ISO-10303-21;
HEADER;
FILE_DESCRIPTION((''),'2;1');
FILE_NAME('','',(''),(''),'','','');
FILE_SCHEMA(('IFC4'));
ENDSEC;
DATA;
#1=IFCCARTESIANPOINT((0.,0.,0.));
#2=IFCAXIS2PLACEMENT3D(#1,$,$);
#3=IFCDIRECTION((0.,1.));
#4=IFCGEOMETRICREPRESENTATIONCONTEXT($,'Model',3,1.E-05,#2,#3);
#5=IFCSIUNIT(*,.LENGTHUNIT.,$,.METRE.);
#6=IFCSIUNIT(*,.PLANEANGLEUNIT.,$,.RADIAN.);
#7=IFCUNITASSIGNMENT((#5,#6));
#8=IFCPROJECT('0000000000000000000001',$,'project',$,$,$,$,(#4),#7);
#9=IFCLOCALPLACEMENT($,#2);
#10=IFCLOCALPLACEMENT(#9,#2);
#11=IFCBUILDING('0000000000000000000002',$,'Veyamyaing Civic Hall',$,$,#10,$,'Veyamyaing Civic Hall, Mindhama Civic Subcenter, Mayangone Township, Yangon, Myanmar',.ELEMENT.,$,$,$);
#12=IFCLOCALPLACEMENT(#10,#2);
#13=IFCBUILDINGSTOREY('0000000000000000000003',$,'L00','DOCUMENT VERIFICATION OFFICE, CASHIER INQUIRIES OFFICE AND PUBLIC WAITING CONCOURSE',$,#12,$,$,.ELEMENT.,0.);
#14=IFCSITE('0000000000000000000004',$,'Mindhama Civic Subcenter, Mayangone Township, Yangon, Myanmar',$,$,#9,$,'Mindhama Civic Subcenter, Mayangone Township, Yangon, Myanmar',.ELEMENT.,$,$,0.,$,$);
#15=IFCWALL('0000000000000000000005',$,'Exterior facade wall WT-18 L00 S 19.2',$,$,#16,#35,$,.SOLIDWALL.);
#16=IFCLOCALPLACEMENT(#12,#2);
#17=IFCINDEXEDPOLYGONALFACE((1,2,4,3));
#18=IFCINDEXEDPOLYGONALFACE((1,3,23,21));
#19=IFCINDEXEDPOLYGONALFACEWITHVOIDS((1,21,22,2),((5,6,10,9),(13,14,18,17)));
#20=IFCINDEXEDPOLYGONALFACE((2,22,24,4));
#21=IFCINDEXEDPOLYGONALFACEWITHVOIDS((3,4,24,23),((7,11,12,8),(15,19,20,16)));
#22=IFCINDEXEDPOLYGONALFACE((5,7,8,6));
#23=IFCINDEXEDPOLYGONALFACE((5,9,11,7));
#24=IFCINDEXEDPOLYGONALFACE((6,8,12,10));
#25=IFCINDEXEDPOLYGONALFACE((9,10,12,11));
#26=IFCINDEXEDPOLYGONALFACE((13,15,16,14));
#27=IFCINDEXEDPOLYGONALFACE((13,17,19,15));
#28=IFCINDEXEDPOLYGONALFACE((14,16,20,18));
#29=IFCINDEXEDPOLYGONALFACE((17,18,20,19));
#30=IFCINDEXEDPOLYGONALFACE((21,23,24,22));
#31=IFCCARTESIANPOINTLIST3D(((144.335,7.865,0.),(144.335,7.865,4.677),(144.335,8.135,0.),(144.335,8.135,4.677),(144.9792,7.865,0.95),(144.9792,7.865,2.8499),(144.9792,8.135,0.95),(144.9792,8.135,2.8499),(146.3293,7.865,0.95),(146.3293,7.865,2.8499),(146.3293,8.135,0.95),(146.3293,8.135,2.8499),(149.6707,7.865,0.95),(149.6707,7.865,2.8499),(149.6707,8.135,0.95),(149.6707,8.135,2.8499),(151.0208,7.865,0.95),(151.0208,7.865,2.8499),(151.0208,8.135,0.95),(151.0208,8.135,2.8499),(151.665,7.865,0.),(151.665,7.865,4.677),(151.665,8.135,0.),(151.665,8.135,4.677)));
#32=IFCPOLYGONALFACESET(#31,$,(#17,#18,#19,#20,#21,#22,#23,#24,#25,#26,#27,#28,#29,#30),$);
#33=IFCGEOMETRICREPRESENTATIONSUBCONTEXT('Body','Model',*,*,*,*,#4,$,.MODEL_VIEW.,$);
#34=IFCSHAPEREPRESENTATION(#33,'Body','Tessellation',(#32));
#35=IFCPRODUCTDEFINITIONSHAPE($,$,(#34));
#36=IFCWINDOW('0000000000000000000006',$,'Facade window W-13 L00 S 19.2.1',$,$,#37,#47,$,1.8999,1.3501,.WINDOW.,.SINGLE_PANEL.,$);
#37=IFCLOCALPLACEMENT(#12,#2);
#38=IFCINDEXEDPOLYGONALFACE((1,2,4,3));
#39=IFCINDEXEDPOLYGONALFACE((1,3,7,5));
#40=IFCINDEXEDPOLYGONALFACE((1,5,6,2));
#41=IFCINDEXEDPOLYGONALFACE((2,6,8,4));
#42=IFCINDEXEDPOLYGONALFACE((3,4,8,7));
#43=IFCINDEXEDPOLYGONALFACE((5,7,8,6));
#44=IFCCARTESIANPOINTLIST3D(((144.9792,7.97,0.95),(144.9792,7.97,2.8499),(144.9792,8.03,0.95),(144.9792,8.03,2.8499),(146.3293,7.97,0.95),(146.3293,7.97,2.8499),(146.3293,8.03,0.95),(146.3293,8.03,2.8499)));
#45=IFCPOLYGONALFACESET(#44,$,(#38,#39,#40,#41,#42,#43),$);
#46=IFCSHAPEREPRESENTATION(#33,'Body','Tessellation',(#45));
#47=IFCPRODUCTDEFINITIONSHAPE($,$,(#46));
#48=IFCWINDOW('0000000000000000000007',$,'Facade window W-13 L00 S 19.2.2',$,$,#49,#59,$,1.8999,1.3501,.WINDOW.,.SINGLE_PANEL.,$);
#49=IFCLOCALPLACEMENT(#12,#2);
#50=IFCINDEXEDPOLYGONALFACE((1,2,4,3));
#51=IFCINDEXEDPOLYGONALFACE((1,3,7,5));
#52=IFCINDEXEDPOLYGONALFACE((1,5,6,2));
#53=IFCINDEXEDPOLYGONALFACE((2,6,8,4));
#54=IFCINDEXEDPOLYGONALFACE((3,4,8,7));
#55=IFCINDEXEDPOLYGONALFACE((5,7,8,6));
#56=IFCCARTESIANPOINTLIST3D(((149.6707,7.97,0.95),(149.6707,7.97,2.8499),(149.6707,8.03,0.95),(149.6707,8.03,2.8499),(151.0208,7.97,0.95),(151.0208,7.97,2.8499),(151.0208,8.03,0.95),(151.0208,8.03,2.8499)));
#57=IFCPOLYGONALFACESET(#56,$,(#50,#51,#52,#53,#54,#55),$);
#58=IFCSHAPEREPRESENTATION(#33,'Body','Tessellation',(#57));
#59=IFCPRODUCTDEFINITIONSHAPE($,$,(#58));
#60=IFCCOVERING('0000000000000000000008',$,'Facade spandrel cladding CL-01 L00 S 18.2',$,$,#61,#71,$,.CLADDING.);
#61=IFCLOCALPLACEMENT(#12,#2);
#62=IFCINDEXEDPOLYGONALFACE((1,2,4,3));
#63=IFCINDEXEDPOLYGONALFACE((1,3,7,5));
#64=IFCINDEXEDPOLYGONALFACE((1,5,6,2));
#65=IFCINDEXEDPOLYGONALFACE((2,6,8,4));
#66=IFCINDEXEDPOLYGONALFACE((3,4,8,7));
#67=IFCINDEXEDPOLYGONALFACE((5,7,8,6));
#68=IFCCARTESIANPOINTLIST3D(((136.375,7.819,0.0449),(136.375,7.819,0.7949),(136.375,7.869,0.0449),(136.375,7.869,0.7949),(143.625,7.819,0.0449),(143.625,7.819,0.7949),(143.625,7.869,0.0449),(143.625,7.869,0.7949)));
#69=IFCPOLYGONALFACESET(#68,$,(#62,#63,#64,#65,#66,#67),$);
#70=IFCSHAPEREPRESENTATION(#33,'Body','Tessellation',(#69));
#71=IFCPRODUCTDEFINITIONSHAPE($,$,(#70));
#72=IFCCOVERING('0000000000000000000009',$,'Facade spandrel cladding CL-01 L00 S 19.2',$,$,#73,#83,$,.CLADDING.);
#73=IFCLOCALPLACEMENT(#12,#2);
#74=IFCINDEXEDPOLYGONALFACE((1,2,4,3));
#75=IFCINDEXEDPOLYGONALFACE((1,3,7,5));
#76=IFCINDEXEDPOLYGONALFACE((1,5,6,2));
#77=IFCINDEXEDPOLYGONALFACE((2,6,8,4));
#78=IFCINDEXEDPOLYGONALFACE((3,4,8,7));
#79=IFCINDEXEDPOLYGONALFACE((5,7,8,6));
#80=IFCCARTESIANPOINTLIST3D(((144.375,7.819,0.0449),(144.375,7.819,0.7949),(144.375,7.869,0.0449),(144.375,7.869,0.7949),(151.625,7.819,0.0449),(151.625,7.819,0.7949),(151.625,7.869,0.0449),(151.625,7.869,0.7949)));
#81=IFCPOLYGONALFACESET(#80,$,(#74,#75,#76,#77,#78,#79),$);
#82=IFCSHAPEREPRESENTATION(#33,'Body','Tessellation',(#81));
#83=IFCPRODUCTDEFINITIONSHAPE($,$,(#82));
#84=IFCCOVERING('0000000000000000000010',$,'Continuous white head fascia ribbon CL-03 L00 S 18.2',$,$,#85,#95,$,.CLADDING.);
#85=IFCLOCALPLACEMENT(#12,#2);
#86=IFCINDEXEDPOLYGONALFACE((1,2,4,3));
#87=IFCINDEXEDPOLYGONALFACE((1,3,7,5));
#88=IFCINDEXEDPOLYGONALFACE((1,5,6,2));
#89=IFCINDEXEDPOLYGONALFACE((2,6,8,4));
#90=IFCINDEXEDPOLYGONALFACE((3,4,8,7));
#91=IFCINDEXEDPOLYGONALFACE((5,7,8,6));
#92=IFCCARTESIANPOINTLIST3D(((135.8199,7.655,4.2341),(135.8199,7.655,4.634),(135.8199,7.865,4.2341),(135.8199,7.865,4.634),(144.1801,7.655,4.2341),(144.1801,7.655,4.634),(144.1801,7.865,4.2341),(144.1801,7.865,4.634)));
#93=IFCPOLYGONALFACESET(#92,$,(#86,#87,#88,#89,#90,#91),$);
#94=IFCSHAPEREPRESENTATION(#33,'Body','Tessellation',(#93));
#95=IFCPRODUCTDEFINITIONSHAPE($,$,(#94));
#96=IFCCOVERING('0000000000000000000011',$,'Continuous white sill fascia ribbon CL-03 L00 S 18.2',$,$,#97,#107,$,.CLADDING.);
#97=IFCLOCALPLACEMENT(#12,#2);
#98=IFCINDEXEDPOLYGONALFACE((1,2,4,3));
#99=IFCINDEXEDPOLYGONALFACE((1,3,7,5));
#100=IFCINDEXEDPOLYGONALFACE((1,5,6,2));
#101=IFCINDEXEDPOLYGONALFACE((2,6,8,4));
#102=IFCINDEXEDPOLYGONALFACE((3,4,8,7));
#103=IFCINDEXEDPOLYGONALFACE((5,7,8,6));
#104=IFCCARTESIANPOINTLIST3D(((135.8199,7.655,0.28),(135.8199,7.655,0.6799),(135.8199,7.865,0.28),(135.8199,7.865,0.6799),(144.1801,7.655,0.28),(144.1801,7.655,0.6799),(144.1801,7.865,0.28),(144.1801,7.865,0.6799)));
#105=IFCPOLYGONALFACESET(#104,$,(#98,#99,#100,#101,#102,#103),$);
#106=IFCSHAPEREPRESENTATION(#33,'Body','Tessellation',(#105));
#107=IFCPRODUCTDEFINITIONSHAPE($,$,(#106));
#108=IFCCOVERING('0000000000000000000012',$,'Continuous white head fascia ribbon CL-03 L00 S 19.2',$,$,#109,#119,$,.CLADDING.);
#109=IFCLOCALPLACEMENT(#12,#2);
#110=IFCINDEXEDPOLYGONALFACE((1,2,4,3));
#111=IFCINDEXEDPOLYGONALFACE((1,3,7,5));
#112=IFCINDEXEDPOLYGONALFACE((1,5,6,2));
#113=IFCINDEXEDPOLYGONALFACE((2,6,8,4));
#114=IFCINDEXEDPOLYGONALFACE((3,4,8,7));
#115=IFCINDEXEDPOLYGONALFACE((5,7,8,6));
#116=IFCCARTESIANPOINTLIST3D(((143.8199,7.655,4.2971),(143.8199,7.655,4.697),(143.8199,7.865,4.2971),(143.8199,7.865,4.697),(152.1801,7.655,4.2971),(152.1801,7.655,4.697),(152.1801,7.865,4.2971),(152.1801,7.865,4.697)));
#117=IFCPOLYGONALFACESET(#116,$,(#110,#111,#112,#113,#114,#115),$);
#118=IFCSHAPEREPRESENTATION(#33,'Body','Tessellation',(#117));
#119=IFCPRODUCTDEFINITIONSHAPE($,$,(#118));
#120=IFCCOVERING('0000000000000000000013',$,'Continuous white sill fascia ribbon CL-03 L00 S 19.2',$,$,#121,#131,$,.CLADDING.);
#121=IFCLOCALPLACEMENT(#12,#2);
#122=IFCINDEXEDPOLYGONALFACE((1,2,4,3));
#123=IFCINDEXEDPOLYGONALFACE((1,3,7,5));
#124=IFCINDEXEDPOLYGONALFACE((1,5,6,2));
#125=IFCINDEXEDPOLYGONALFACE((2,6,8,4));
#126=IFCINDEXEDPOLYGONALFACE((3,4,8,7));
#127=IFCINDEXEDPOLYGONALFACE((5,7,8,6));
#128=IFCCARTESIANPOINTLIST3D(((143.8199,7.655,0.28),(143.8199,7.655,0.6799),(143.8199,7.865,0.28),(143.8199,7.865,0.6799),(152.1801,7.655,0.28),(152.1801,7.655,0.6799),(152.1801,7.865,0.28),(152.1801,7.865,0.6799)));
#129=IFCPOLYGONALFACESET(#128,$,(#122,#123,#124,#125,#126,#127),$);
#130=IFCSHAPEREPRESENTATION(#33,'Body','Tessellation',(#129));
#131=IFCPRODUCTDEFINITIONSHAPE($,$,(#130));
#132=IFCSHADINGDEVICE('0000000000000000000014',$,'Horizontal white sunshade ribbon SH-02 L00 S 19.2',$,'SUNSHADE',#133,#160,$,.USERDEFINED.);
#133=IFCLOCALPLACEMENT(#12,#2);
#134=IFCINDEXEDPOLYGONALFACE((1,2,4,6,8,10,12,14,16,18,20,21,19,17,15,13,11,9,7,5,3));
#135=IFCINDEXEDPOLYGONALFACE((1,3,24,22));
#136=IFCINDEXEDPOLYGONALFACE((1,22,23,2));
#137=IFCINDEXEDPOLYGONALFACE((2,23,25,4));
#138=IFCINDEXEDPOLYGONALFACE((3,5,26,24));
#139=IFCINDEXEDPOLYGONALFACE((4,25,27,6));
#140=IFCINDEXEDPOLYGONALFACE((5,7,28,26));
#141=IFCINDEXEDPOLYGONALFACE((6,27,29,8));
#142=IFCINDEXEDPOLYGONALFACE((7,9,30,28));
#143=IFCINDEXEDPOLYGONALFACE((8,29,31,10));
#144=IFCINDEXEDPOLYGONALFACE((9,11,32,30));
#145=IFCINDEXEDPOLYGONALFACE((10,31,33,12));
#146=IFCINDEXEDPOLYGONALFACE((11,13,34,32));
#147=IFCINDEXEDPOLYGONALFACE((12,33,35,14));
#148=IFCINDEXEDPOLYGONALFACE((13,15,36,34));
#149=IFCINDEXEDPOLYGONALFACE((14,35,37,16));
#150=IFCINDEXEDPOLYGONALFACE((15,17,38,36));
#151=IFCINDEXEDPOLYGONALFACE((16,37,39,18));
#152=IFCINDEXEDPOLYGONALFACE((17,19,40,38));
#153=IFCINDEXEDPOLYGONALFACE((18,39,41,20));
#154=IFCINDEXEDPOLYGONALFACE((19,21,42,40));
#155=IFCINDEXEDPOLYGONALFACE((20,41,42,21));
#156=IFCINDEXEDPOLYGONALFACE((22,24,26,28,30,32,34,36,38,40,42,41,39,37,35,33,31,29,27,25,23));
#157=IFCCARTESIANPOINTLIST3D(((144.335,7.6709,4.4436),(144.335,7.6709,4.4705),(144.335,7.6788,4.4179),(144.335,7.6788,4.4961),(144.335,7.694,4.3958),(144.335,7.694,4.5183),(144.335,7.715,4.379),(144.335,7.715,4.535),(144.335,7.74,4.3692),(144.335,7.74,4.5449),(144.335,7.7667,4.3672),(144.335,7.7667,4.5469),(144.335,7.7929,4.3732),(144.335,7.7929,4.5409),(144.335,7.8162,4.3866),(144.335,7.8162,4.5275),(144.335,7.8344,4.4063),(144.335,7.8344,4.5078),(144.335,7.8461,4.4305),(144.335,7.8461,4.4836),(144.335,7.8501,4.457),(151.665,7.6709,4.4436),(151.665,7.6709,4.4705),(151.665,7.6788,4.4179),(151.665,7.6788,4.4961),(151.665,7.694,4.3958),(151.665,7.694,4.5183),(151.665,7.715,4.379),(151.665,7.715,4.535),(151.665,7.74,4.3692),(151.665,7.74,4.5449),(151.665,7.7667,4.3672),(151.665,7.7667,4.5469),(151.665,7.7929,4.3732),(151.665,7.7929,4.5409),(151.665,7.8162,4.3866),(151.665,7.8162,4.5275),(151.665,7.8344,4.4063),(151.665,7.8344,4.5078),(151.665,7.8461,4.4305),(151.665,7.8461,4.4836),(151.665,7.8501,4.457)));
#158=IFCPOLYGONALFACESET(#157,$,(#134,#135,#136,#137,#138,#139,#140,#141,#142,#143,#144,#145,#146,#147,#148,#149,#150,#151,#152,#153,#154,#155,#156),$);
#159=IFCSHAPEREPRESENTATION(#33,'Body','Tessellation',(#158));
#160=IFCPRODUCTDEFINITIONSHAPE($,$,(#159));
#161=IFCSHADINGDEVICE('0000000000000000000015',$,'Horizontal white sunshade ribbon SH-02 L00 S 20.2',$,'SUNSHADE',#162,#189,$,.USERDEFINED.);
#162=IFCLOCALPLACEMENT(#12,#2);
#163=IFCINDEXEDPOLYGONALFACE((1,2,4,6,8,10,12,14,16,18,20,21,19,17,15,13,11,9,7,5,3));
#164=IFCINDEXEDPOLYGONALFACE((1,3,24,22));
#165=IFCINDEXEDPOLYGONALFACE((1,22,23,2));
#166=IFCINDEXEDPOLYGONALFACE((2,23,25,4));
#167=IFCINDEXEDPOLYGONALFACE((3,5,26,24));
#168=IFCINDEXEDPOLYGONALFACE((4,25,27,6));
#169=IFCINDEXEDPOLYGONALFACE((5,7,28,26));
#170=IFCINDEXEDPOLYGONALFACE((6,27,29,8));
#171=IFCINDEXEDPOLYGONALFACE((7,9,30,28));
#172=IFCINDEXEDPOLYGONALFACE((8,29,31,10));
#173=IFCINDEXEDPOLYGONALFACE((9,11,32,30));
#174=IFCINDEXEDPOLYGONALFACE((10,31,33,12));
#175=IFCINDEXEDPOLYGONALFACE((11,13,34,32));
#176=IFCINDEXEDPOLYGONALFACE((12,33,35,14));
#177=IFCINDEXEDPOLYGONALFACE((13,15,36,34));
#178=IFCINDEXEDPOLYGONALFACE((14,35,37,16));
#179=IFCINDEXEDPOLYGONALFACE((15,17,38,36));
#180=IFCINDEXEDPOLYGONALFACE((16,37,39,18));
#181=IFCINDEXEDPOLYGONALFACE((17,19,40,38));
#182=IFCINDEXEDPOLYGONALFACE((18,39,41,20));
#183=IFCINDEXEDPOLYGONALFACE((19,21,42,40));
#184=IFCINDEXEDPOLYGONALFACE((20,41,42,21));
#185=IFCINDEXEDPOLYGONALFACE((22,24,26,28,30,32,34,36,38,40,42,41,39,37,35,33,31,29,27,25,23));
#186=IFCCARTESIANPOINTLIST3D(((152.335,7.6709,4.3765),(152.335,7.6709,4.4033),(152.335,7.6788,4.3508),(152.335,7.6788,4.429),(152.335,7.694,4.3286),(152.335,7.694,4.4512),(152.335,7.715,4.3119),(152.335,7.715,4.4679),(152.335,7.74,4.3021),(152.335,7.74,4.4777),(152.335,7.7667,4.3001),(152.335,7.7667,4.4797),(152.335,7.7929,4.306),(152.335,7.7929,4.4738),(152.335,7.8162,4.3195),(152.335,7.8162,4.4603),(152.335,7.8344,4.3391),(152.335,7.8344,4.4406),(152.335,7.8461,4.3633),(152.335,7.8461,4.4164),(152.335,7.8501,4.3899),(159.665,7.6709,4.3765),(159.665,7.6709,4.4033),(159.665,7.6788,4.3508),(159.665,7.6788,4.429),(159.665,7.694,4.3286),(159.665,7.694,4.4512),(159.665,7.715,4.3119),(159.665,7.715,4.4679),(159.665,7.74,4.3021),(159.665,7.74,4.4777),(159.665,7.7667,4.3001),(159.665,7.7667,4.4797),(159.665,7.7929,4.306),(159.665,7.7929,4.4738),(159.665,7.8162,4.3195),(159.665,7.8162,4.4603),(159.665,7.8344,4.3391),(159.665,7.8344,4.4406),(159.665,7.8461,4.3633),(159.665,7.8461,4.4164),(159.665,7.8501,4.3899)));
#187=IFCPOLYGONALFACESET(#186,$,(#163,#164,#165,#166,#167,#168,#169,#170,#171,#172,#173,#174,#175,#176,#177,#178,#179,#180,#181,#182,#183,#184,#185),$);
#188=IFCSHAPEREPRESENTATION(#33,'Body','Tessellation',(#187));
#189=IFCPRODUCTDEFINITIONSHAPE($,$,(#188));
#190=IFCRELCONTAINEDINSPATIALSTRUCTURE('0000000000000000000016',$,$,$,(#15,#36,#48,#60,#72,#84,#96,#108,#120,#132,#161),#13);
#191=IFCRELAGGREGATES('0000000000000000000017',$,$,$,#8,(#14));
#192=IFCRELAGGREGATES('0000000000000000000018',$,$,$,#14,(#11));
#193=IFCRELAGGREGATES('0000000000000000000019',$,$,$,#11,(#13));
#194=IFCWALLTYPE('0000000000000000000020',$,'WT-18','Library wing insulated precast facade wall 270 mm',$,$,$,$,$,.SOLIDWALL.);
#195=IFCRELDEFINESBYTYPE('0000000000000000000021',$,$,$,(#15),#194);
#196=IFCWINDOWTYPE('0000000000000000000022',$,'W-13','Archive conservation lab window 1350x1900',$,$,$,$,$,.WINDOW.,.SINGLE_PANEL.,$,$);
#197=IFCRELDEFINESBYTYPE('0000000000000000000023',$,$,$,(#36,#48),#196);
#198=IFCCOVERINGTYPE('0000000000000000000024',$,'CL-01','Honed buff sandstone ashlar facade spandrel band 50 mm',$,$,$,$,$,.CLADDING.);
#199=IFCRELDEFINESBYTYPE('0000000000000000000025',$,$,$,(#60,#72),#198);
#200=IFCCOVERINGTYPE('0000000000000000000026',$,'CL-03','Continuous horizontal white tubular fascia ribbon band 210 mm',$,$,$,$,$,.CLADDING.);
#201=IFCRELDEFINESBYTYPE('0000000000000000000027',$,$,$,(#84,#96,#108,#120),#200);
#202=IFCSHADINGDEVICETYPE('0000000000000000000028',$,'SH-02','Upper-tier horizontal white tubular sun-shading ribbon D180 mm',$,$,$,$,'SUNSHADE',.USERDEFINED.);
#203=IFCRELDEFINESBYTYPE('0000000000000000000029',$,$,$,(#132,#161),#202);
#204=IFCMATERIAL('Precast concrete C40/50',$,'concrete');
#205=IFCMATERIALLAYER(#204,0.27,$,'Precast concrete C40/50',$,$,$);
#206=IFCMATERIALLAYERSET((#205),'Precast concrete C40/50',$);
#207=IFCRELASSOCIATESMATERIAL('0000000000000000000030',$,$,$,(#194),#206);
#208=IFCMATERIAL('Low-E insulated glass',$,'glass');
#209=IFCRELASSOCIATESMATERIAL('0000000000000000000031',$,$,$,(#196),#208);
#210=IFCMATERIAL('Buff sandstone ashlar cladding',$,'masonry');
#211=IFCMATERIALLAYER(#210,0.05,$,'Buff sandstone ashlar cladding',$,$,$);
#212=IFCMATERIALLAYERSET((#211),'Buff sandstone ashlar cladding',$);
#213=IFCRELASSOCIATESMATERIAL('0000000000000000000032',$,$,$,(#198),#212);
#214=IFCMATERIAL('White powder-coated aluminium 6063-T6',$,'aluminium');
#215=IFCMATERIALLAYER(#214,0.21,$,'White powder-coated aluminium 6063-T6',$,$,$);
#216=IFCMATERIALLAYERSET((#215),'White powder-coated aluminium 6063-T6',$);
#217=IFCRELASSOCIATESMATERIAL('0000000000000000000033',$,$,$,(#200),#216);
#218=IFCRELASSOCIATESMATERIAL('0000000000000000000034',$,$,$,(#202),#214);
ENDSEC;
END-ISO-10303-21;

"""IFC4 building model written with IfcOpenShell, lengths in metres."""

from ifc_helpers import new_model, si_unit, direction, frame, frame_2d, origin, origin_2d, place, context, subcontext, project, spatial, rectangle, circle, extrude, material, layer, layer_set, material_profile, profile_set, type_object, element, fill, save


model = new_model("IFC4")

# Units and contexts
model_context = context("Model", 3, precision=1e-05, world=origin(), true_north=direction((0.0, 1.0)))
body_context = subcontext(model_context, "Body", "Model", "MODEL_VIEW")
ifc_project = project(units=[si_unit("LENGTHUNIT", "METRE"), si_unit("PLANEANGLEUNIT", "RADIAN")], contexts=[model_context])

# Site, building, storey
site_placement = place(None, origin())
site = spatial("IfcSite", under=ifc_project, at=site_placement, Name="Mindhama Civic Subcenter, Mayangone Township, Yangon, Myanmar", LongName="Mindhama Civic Subcenter, Mayangone Township, Yangon, Myanmar", CompositionType="ELEMENT", RefElevation=0.0)
building_placement = place(site_placement, origin())
building = spatial("IfcBuilding", under=site, at=building_placement, Name="Veyamyaing Civic Hall", LongName="Veyamyaing Civic Hall, Mindhama Civic Subcenter, Mayangone Township, Yangon, Myanmar", CompositionType="ELEMENT")
storey_placement = place(building_placement, origin())
storey = spatial("IfcBuildingStorey", under=building, at=storey_placement, Name="L00", Description="DOCUMENT VERIFICATION OFFICE, CASHIER INQUIRIES OFFICE AND PUBLIC WAITING CONCOURSE", CompositionType="ELEMENT", Elevation=0.0)

# Shared definitions
ifc_material_1 = material(Name="Low-E insulated glass", Category="glass")

# Wall, openings, windows
ifc_material_2 = material(Name="Precast concrete C40/50", Category="concrete")
ifc_layer_1 = layer(ifc_material_2, 0.27, Name="Precast concrete C40/50")
ifc_layer_set_1 = layer_set([ifc_layer_1], Name="Precast concrete C40/50")
wall_type = type_object("IfcWallType", Name="WT-18", Description="Library wing insulated precast facade wall 270 mm", PredefinedType="SOLIDWALL", material=ifc_layer_set_1)
wall_placement = place(storey_placement, frame((144.335, 8.0, 0.0), z_axis=(0.0, 0.0, 1.0), x_axis=(1.0, 0.0, 0.0)))
wall = element("IfcWall", 1, at=wall_placement, inside=storey, type_object=wall_type, Name="Exterior facade wall WT-18 L00 S 19.2", PredefinedType="SOLIDWALL", context=body_context, shape_type="SweptSolid", body=[
    extrude(rectangle(XDim=7.3301, YDim=0.27, at=frame_2d((3.665, 0.0))), origin(), (0.0, 0.0, 1.0), 4.677),
])
opening_1_placement = place(wall_placement, frame((0.6443, 0.0, 0.95)))
opening_1 = element("IfcOpeningElement", 2, at=opening_1_placement, cuts=wall, PredefinedType="OPENING", context=body_context, shape_type="SweptSolid", body=[
    extrude(rectangle(XDim=1.3501, YDim=1.8999, at=frame_2d((0.675, 0.95))), frame((0.0, 0.145, 0.0), z_axis=(0.0, -1.0, 0.0), x_axis=(1.0, 0.0, 0.0)), (0.0, 0.0, 1.0), 0.29),
])
opening_2_placement = place(wall_placement, frame((5.3357, 0.0, 0.95)))
opening_2 = element("IfcOpeningElement", 3, at=opening_2_placement, cuts=wall, PredefinedType="OPENING", context=body_context, shape_type="SweptSolid", body=[
    extrude(rectangle(XDim=1.3501, YDim=1.8999, at=frame_2d((0.675, 0.95))), frame((0.0, 0.145, 0.0), z_axis=(0.0, -1.0, 0.0), x_axis=(1.0, 0.0, 0.0)), (0.0, 0.0, 1.0), 0.29),
])
window_type = type_object("IfcWindowType", Name="W-13", Description="Archive conservation lab window 1350x1900", PartitioningType="SINGLE_PANEL", PredefinedType="WINDOW", material=ifc_material_1)
window_1_placement = place(opening_1_placement, origin())
window_1 = element("IfcWindow", 4, at=window_1_placement, inside=storey, type_object=window_type, Name="Facade window W-13 L00 S 19.2.1", OverallHeight=1.8999, OverallWidth=1.3501, PartitioningType="SINGLE_PANEL", PredefinedType="WINDOW", context=body_context, shape_type="SweptSolid", body=[
    extrude(rectangle(XDim=1.3501, YDim=1.8999, at=frame_2d((0.675, 0.95))), frame((0.0, 0.03, 0.0), z_axis=(0.0, -1.0, 0.0), x_axis=(1.0, 0.0, 0.0)), (0.0, 0.0, 1.0), 0.0601),
])
fill(opening_1, window_1)
window_2_placement = place(opening_2_placement, origin())
window_2 = element("IfcWindow", 5, at=window_2_placement, inside=storey, type_object=window_type, Name="Facade window W-13 L00 S 19.2.2", OverallHeight=1.8999, OverallWidth=1.3501, PartitioningType="SINGLE_PANEL", PredefinedType="WINDOW", context=body_context, shape_type="SweptSolid", body=[
    extrude(rectangle(XDim=1.3501, YDim=1.8999, at=frame_2d((0.675, 0.95))), frame((0.0, 0.03, 0.0), z_axis=(0.0, -1.0, 0.0), x_axis=(1.0, 0.0, 0.0)), (0.0, 0.0, 1.0), 0.0601),
])
fill(opening_2, window_2)

# Coverings
ifc_material_3 = material(Name="Buff sandstone ashlar cladding", Category="masonry")
ifc_layer_2 = layer(ifc_material_3, 0.05, Name="Buff sandstone ashlar cladding")
ifc_layer_set_2 = layer_set([ifc_layer_2], Name="Buff sandstone ashlar cladding")
covering_type_1 = type_object("IfcCoveringType", Name="CL-01", Description="Honed buff sandstone ashlar facade spandrel band 50 mm", PredefinedType="CLADDING", material=ifc_layer_set_2)
for number, where, z_axis, x_axis, name in (
    (6, (140.0, 7.844, 0.0449), (0.0, 0.0, 1.0), (1.0, 0.0, 0.0), "Facade spandrel cladding CL-01 L00 S 18.2"),
    (7, (148.0, 7.844, 0.0449), (0.0, 0.0, 1.0), (1.0, 0.0, 0.0), "Facade spandrel cladding CL-01 L00 S 19.2"),
):
    element("IfcCovering", number, at=place(storey_placement, frame(where, z_axis=z_axis, x_axis=x_axis)), inside=storey, type_object=covering_type_1, Name=name, PredefinedType="CLADDING", context=body_context, shape_type="SweptSolid", body=[
        extrude(rectangle(XDim=7.25, YDim=0.05, at=origin_2d()), origin(), (0.0, 0.0, 1.0), 0.75),
    ])
ifc_material_4 = material(Name="White powder-coated aluminium 6063-T6", Category="aluminium")
ifc_layer_3 = layer(ifc_material_4, 0.21, Name="White powder-coated aluminium 6063-T6")
ifc_layer_set_3 = layer_set([ifc_layer_3], Name="White powder-coated aluminium 6063-T6")
covering_type_2 = type_object("IfcCoveringType", Name="CL-03", Description="Continuous horizontal white tubular fascia ribbon band 210 mm", PredefinedType="CLADDING", material=ifc_layer_set_3)
for number, where, z_axis, x_axis, name in (
    (8, (140.0, 7.76, 4.2341), (0.0, 0.0, 1.0), (1.0, 0.0, 0.0), "Continuous white head fascia ribbon CL-03 L00 S 18.2"),
    (9, (140.0, 7.76, 0.28), (0.0, 0.0, 1.0), (1.0, 0.0, 0.0), "Continuous white sill fascia ribbon CL-03 L00 S 18.2"),
    (10, (148.0, 7.76, 4.2971), (0.0, 0.0, 1.0), (1.0, 0.0, 0.0), "Continuous white head fascia ribbon CL-03 L00 S 19.2"),
    (11, (148.0, 7.76, 0.28), (0.0, 0.0, 1.0), (1.0, 0.0, 0.0), "Continuous white sill fascia ribbon CL-03 L00 S 19.2"),
):
    element("IfcCovering", number, at=place(storey_placement, frame(where, z_axis=z_axis, x_axis=x_axis)), inside=storey, type_object=covering_type_2, Name=name, PredefinedType="CLADDING", context=body_context, shape_type="SweptSolid", body=[
        extrude(rectangle(XDim=8.3601, YDim=0.21, at=origin_2d()), origin(), (0.0, 0.0, 1.0), 0.3999),
    ])

# Shading devices
ifc_material_profile_1 = material_profile(ifc_material_4, circle(Radius=0.0901, at=origin_2d()), Name="SHADE-TUBE-180")
ifc_profile_set_1 = profile_set([ifc_material_profile_1], Name="White powder-coated aluminium 6063-T6")
shading_device_type = type_object("IfcShadingDeviceType", Name="SH-02", Description="Upper-tier horizontal white tubular sun-shading ribbon D180 mm", ElementType="SUNSHADE", PredefinedType="USERDEFINED", material=ifc_profile_set_1)
for number, where, z_axis, x_axis, name in (
    (12, (144.335, 7.76, 4.457), (1.0, 0.0, 0.0), (0.0, 1.0, 0.0), "Horizontal white sunshade ribbon SH-02 L00 S 19.2"),
    (13, (152.335, 7.76, 4.3899), (1.0, 0.0, 0.0), (0.0, 1.0, 0.0), "Horizontal white sunshade ribbon SH-02 L00 S 20.2"),
):
    element("IfcShadingDevice", number, at=place(storey_placement, frame(where, z_axis=z_axis, x_axis=x_axis)), inside=storey, type_object=shading_device_type, Name=name, ObjectType="SUNSHADE", PredefinedType="USERDEFINED", context=body_context, shape_type="SweptSolid", body=[
        extrude(circle(Radius=0.0901, at=origin_2d()), origin(), (0.0, 0.0, 1.0), 7.3301),
    ])

save(model, "model.ifc")
